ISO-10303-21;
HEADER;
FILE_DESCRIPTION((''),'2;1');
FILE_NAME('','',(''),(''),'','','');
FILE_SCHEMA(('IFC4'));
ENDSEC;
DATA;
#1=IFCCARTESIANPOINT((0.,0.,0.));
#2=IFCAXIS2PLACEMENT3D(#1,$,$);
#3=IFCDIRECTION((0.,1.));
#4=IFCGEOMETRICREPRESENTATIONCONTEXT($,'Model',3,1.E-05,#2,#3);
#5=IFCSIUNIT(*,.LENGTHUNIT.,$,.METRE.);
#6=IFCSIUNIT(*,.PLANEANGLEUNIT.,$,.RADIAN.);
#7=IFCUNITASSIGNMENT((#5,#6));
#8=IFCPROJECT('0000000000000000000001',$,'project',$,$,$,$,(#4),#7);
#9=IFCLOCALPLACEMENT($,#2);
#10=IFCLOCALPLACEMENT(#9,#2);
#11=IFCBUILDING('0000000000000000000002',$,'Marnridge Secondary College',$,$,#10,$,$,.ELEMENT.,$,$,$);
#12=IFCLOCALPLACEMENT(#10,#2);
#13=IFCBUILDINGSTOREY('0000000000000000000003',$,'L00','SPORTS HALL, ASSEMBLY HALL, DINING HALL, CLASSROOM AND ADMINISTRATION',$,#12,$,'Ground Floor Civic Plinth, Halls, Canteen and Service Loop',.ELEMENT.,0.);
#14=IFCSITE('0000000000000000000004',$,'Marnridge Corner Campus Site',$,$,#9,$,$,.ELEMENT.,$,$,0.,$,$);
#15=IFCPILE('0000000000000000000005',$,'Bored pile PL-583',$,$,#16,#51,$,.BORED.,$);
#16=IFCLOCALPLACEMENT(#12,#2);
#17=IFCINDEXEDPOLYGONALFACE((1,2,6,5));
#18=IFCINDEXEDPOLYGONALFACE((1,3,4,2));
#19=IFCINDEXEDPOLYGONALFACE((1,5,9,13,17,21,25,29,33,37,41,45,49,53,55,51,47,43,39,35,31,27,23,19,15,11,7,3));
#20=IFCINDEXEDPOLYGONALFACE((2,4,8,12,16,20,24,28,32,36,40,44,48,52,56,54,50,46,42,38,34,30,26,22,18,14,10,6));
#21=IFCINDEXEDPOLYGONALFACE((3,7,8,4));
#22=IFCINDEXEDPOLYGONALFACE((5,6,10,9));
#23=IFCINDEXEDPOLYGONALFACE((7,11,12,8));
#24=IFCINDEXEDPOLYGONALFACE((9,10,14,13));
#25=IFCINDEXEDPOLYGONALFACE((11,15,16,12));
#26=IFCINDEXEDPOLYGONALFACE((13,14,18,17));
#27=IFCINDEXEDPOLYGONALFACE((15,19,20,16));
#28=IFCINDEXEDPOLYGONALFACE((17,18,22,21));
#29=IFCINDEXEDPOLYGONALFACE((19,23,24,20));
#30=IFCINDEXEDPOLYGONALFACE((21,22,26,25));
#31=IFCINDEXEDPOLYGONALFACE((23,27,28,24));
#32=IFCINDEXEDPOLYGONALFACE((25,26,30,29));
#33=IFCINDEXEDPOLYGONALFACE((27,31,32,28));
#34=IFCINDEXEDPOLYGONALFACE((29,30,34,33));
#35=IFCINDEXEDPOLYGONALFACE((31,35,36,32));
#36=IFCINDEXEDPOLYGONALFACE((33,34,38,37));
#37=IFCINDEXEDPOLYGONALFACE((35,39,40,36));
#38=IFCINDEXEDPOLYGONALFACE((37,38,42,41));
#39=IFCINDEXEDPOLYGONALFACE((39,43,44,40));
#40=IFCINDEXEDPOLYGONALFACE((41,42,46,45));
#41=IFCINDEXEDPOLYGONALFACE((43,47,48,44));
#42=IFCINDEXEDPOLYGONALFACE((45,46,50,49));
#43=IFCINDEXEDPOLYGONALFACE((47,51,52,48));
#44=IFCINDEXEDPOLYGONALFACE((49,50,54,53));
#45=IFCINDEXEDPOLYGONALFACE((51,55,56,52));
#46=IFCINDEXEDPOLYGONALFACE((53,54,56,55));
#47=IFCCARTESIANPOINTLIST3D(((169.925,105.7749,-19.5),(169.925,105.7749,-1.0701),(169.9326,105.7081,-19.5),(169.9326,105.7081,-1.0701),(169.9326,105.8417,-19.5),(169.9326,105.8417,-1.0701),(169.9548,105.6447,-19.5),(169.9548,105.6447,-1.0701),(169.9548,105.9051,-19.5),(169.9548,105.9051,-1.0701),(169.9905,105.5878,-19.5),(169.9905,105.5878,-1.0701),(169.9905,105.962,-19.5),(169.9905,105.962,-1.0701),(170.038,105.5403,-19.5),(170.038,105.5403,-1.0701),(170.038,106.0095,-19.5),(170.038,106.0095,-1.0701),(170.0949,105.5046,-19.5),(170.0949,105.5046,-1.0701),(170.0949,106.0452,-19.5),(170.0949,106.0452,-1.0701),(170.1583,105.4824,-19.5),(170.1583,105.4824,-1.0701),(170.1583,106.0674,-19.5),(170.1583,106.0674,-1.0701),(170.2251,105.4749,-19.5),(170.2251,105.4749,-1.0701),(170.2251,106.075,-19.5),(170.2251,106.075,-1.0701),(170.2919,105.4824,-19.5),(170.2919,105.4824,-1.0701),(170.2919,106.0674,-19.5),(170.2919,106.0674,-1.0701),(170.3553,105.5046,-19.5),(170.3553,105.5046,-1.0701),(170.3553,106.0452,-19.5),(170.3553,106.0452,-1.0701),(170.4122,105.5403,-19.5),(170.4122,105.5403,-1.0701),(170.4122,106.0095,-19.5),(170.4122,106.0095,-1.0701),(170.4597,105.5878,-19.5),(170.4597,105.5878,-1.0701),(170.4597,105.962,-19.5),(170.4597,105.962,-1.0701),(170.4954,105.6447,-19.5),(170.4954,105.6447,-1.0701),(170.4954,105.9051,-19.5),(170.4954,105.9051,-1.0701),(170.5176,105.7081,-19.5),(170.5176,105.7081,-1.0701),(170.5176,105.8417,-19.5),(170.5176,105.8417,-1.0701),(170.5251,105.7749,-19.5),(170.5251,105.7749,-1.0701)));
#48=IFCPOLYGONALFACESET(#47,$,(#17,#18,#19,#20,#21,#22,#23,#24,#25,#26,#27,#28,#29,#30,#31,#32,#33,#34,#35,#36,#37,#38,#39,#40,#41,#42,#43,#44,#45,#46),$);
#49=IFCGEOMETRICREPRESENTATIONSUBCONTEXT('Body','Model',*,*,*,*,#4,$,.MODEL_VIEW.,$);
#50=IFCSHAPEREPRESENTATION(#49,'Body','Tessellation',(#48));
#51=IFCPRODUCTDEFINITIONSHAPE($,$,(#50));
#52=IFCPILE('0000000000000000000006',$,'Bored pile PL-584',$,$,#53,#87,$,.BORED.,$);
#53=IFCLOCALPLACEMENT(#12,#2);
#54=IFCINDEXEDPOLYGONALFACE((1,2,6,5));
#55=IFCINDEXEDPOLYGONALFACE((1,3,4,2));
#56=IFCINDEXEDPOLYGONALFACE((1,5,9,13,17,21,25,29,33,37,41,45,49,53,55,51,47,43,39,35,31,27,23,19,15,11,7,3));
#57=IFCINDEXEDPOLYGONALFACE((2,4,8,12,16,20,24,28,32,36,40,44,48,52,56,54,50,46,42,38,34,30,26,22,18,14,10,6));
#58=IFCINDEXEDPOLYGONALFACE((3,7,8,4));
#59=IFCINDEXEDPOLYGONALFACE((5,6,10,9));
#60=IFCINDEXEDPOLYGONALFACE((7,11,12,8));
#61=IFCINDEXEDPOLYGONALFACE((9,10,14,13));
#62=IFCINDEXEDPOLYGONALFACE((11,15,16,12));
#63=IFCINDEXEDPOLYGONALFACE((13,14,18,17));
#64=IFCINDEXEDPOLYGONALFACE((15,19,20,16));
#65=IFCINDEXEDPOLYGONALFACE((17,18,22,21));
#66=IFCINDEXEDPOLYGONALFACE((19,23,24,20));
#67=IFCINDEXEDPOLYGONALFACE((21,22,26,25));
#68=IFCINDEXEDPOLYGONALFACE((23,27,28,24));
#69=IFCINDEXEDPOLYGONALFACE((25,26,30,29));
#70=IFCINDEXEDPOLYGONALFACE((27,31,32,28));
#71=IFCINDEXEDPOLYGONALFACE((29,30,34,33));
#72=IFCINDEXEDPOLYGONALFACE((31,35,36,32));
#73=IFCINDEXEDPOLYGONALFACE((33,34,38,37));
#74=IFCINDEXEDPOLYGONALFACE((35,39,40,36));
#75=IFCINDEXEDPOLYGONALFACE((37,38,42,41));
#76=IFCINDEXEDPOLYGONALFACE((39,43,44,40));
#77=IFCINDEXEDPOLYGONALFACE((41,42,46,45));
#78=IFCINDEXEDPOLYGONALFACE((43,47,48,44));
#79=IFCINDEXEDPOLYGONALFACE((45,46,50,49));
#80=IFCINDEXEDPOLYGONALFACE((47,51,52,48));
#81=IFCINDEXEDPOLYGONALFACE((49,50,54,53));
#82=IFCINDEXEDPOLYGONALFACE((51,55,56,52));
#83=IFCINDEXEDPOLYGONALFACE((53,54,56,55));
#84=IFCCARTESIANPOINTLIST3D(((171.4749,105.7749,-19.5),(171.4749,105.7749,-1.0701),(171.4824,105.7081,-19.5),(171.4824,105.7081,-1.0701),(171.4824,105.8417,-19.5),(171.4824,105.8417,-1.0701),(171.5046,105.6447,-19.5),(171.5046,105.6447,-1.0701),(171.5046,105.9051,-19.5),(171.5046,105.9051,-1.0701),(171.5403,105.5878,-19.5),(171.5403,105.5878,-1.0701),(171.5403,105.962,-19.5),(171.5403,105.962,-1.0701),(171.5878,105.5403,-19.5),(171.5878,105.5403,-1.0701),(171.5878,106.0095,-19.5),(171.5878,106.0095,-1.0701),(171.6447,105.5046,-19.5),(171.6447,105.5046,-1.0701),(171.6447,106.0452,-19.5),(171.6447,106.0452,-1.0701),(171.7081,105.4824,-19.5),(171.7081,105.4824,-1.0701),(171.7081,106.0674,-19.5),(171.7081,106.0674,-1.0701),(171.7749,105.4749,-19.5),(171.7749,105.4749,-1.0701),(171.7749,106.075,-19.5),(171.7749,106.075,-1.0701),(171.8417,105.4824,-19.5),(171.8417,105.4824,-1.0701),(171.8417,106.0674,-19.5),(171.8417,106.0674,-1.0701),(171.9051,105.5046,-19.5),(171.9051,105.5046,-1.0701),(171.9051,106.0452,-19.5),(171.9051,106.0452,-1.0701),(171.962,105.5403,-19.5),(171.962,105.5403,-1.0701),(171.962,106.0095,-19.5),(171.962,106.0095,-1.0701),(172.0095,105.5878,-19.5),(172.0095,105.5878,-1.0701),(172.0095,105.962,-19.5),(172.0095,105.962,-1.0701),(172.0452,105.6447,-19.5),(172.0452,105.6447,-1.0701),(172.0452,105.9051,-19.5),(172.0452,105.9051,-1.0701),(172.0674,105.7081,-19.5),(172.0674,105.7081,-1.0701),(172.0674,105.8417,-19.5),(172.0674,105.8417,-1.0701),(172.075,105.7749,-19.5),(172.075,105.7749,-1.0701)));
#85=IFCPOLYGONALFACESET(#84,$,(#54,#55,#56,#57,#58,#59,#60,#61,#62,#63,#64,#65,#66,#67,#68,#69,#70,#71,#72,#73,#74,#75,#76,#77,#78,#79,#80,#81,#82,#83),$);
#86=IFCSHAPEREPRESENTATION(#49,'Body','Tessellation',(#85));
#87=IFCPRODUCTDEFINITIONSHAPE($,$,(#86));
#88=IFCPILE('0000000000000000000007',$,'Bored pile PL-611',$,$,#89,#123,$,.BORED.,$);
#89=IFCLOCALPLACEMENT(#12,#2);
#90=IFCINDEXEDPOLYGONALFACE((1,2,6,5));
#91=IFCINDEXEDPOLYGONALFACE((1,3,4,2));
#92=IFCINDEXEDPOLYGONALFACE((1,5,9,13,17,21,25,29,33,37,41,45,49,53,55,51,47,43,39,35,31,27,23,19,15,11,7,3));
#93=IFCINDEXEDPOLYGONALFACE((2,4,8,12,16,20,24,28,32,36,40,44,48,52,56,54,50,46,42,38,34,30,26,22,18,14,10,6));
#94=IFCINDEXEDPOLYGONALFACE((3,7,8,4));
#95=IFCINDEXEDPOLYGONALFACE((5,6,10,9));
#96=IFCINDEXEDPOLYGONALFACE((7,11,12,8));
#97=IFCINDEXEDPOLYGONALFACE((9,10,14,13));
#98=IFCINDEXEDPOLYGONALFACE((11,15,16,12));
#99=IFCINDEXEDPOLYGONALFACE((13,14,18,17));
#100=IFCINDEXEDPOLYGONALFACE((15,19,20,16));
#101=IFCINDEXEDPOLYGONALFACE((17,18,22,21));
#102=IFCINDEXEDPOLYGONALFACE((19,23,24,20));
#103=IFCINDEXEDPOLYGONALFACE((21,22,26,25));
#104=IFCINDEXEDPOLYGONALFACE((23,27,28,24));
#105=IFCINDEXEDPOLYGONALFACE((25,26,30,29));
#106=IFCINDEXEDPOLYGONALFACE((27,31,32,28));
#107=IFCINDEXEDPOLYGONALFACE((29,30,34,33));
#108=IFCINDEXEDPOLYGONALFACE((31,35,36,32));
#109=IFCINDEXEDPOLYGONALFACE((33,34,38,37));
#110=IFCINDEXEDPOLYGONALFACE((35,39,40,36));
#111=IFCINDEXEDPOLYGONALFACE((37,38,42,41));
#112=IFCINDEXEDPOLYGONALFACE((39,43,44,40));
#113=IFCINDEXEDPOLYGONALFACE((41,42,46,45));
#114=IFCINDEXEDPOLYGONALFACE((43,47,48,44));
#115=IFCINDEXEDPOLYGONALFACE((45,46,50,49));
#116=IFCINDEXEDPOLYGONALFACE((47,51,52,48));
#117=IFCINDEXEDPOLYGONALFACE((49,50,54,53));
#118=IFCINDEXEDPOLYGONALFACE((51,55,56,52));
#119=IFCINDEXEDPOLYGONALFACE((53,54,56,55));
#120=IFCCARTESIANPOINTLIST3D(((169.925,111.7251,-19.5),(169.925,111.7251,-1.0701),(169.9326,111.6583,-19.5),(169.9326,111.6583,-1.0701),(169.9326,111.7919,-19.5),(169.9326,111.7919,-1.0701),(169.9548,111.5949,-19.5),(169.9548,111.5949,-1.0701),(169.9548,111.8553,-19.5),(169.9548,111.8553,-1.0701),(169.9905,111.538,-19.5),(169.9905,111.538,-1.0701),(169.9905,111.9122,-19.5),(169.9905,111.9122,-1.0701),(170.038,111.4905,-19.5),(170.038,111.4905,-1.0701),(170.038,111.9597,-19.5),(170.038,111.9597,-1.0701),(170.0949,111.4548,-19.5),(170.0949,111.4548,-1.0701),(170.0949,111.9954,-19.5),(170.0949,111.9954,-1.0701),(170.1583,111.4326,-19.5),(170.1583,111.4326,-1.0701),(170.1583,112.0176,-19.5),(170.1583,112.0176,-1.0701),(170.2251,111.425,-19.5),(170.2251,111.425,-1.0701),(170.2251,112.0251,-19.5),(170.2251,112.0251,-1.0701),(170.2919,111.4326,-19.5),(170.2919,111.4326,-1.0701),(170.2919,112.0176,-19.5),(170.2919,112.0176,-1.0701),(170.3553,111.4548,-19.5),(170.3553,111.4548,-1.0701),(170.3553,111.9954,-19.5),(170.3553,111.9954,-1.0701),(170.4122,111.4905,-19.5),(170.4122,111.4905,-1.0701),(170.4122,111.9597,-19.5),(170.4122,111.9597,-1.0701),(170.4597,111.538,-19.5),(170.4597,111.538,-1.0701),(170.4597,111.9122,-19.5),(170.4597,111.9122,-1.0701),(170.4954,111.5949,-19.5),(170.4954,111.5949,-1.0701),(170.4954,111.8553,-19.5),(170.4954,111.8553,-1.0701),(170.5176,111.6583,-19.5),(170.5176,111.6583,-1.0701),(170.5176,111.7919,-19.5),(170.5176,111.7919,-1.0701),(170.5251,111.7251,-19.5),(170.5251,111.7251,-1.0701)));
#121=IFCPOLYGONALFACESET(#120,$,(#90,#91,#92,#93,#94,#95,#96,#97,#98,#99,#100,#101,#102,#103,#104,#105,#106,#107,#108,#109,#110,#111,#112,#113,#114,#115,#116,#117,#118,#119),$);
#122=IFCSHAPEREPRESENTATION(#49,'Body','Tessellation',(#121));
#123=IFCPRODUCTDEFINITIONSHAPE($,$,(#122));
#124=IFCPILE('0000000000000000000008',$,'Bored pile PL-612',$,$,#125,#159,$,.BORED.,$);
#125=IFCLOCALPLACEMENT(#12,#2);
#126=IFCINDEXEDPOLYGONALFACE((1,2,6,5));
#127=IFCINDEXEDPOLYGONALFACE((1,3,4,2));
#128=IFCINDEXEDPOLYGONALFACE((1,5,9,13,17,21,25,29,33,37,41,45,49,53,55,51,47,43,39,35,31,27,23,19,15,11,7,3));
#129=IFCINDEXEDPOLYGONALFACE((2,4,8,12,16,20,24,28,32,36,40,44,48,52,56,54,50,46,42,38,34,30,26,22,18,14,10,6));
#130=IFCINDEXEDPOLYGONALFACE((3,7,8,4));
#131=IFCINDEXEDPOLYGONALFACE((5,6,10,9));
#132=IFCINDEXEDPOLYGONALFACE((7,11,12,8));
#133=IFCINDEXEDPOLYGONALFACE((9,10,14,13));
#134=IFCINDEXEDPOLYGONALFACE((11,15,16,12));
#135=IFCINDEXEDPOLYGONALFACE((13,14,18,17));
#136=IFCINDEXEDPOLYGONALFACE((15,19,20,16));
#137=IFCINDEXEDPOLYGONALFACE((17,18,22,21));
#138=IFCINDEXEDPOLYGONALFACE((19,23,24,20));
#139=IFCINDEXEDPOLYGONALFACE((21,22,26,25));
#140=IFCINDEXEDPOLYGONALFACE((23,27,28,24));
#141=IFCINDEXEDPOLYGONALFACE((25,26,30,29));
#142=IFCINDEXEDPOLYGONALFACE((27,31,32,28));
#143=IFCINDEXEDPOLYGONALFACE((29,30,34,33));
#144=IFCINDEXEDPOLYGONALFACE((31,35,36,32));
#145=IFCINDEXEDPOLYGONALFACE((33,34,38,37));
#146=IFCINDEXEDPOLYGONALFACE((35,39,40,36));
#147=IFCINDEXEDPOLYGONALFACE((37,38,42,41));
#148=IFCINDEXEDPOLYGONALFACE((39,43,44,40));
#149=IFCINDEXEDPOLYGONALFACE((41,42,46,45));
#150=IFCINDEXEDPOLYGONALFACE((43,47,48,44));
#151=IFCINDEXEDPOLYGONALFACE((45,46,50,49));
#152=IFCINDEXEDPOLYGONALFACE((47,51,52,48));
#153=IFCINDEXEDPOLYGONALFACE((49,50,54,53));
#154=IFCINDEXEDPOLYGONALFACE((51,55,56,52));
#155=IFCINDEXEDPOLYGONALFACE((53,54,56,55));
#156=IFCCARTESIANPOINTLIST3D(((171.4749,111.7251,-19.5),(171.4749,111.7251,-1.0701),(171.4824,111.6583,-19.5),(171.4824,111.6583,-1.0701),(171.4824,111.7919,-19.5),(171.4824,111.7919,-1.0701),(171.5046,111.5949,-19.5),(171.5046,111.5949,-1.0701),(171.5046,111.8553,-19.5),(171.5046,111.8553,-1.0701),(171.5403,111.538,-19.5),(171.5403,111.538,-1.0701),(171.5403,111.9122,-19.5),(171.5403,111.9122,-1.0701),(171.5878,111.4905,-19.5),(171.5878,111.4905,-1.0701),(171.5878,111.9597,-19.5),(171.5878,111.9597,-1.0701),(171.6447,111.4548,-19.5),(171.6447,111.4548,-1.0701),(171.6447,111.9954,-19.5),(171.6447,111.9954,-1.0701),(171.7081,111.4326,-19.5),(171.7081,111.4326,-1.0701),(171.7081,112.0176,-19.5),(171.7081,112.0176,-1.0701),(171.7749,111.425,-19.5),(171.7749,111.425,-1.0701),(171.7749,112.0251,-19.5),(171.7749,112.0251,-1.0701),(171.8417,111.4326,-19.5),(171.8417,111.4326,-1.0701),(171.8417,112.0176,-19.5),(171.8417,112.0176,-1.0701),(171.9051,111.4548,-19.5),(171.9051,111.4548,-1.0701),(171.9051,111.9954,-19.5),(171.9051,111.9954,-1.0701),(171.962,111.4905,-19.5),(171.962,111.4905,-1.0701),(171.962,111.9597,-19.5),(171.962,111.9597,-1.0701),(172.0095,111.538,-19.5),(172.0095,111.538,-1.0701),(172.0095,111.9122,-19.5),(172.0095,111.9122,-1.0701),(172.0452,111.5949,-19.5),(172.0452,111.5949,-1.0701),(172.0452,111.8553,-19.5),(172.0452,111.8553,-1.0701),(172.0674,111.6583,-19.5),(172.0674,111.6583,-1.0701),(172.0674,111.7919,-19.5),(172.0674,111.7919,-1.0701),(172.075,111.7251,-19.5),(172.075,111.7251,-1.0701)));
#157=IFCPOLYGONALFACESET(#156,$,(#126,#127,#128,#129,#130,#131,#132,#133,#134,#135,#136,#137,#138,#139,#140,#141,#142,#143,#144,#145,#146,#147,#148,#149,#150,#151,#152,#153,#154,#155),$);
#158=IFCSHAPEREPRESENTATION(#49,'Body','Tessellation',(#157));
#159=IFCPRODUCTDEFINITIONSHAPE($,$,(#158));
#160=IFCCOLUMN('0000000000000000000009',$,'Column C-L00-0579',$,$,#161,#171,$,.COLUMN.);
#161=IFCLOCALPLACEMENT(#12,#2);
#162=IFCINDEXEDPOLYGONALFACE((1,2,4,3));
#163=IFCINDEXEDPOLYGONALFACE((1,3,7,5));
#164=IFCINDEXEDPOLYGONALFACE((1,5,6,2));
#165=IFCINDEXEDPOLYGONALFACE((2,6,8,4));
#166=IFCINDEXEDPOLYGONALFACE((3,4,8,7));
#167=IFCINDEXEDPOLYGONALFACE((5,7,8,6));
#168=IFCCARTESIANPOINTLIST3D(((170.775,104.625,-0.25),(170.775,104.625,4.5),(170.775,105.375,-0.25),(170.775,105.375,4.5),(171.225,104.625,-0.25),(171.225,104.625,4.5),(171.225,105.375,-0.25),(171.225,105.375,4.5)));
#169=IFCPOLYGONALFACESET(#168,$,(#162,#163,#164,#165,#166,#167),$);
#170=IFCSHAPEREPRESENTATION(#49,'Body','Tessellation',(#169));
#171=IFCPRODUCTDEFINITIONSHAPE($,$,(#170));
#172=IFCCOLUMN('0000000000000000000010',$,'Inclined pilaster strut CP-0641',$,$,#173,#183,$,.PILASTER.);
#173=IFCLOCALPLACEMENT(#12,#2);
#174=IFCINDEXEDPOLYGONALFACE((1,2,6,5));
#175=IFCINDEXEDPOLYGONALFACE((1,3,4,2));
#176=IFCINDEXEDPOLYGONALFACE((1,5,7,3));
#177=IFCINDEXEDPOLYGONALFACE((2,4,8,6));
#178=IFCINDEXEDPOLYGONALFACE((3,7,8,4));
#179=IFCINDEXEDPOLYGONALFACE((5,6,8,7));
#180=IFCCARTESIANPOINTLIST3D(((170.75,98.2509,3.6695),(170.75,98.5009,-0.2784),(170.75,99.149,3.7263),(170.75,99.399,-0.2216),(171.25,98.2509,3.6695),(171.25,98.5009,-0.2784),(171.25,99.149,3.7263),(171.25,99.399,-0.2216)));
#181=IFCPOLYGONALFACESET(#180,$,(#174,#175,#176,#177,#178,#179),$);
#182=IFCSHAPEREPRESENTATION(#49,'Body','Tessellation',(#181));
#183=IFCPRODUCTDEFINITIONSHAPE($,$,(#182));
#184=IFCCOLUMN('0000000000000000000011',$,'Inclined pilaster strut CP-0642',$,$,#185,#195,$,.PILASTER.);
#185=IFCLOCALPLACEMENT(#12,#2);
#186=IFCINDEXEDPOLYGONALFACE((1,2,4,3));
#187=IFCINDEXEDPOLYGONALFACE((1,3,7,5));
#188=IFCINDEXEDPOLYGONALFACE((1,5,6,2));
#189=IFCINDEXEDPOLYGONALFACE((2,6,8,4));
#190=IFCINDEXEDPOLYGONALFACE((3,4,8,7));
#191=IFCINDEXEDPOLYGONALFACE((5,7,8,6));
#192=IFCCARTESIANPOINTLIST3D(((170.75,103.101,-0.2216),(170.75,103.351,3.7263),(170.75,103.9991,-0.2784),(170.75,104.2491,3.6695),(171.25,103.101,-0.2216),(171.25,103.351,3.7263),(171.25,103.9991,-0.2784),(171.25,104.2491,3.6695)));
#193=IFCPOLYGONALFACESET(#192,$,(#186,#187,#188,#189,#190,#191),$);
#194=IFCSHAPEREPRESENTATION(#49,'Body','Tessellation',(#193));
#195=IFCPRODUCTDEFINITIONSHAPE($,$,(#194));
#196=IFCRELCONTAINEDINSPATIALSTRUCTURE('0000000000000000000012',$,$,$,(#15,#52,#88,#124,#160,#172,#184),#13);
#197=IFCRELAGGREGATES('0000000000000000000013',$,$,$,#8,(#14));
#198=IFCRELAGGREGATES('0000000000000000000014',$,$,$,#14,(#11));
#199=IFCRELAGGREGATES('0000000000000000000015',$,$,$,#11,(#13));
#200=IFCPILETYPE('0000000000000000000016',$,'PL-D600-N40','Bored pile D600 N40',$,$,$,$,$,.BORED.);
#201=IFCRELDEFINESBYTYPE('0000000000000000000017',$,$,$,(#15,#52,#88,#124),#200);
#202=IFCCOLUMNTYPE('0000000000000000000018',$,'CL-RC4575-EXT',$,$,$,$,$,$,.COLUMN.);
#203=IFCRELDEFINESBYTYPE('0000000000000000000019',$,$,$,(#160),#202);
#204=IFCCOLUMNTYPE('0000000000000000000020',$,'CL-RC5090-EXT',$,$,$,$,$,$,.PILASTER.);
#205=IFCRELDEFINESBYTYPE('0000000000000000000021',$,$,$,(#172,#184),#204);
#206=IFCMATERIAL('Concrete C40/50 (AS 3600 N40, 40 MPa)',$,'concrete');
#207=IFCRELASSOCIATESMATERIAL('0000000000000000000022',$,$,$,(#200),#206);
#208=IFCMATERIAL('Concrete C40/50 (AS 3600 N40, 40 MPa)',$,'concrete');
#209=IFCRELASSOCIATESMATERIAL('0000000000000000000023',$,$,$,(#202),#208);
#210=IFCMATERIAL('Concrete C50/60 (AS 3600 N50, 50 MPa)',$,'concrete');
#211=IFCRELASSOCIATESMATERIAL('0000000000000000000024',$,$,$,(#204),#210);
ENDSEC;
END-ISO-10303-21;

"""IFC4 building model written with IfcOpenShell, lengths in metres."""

from ifc_helpers import new_model, si_unit, direction, frame, origin, origin_2d, place, context, subcontext, project, spatial, rectangle, circle, extrude, material, material_profile, profile_set, type_object, element, save


model = new_model("IFC4")

# Units and contexts
model_context = context("Model", 3, precision=1e-05, world=origin(), true_north=direction((0.0, 1.0)))
body_context = subcontext(model_context, "Body", "Model", "MODEL_VIEW")
ifc_project = project(units=[si_unit("LENGTHUNIT", "METRE"), si_unit("PLANEANGLEUNIT", "RADIAN")], contexts=[model_context])

# Site, building, storey
site_placement = place(None, origin())
site = spatial("IfcSite", under=ifc_project, at=site_placement, Name="Marnridge Corner Campus Site", CompositionType="ELEMENT", RefElevation=0.0)
building_placement = place(site_placement, origin())
building = spatial("IfcBuilding", under=site, at=building_placement, Name="Marnridge Secondary College", CompositionType="ELEMENT")
storey_placement = place(building_placement, origin())
storey = spatial("IfcBuildingStorey", under=building, at=storey_placement, Name="L00", Description="SPORTS HALL, ASSEMBLY HALL, DINING HALL, CLASSROOM AND ADMINISTRATION", LongName="Ground Floor Civic Plinth, Halls, Canteen and Service Loop", CompositionType="ELEMENT", Elevation=0.0)

# Piles
ifc_material_1 = material(Name="Concrete C40/50 (AS 3600 N40, 40 MPa)", Category="concrete")
ifc_material_profile_1 = material_profile(ifc_material_1, circle(Radius=0.3, at=origin_2d()), Name="PILE D600")
ifc_profile_set_1 = profile_set([ifc_material_profile_1], Name="Concrete C40/50 (AS 3600 N40, 40 MPa)")
pile_type = type_object("IfcPileType", Name="PL-D600-N40", Description="Bored pile D600 N40", PredefinedType="BORED", material=ifc_profile_set_1)
for number, where, z_axis, x_axis, name in (
    (1, (170.2251, 105.7749, -1.0701), (0.0, 0.0, -1.0), (1.0, 0.0, 0.0), "Bored pile PL-583"),
    (2, (171.7749, 105.7749, -1.0701), (0.0, 0.0, -1.0), (1.0, 0.0, 0.0), "Bored pile PL-584"),
    (3, (170.2251, 111.7251, -1.0701), (0.0, 0.0, -1.0), (1.0, 0.0, 0.0), "Bored pile PL-611"),
    (4, (171.7749, 111.7251, -1.0701), (0.0, 0.0, -1.0), (1.0, 0.0, 0.0), "Bored pile PL-612"),
):
    element("IfcPile", number, at=place(storey_placement, frame(where, z_axis=z_axis, x_axis=x_axis)), inside=storey, type_object=pile_type, Name=name, PredefinedType="BORED", context=body_context, shape_type="SweptSolid", body=[
        extrude(circle(Radius=0.3, at=origin_2d()), origin(), (0.0, 0.0, 1.0), 18.4299),
    ])

# Columns
ifc_material_2 = material(Name="Concrete C40/50 (AS 3600 N40, 40 MPa)", Category="concrete")
ifc_material_profile_2 = material_profile(ifc_material_2, rectangle(XDim=0.45, YDim=0.75, at=origin_2d()), Name="RC 450x750")
ifc_profile_set_2 = profile_set([ifc_material_profile_2], Name="Concrete C40/50 (AS 3600 N40, 40 MPa)")
column_type_1 = type_object("IfcColumnType", Name="CL-RC4575-EXT", PredefinedType="COLUMN", material=ifc_profile_set_2)
column_placement = place(storey_placement, frame((171.0, 105.0, -0.25), z_axis=(0.0, 0.0, 1.0), x_axis=(1.0, 0.0, 0.0)))
element("IfcColumn", 5, at=column_placement, inside=storey, type_object=column_type_1, Name="Column C-L00-0579", PredefinedType="COLUMN", context=body_context, shape_type="SweptSolid", body=[
    extrude(rectangle(XDim=0.45, YDim=0.75, at=origin_2d()), origin(), (0.0, 0.0, 1.0), 4.75),
])
ifc_material_3 = material(Name="Concrete C50/60 (AS 3600 N50, 50 MPa)", Category="concrete")
ifc_material_profile_3 = material_profile(ifc_material_3, rectangle(XDim=0.5, YDim=0.8999, at=origin_2d()), Name="RC 500x900")
ifc_profile_set_3 = profile_set([ifc_material_profile_3], Name="Concrete C50/60 (AS 3600 N50, 50 MPa)")
column_type_2 = type_object("IfcColumnType", Name="CL-RC5090-EXT", PredefinedType="PILASTER", material=ifc_profile_set_3)
for number, where, z_axis, x_axis, name in (
    (6, (171.0, 98.95, -0.25), (0.0, -0.063197, 0.998001), (1.0, 0.0, 0.0), "Inclined pilaster strut CP-0641"),
    (7, (171.0, 103.55, -0.25), (0.0, 0.063197, 0.998001), (-1.0, 0.0, 0.0), "Inclined pilaster strut CP-0642"),
):
    element("IfcColumn", number, at=place(storey_placement, frame(where, z_axis=z_axis, x_axis=x_axis)), inside=storey, type_object=column_type_2, Name=name, PredefinedType="PILASTER", context=body_context, shape_type="SweptSolid", body=[
        extrude(rectangle(XDim=0.5, YDim=0.8999, at=origin_2d()), origin(), (0.0, 0.0, 1.0), 3.9558),
    ])

save(model, "model.ifc")
